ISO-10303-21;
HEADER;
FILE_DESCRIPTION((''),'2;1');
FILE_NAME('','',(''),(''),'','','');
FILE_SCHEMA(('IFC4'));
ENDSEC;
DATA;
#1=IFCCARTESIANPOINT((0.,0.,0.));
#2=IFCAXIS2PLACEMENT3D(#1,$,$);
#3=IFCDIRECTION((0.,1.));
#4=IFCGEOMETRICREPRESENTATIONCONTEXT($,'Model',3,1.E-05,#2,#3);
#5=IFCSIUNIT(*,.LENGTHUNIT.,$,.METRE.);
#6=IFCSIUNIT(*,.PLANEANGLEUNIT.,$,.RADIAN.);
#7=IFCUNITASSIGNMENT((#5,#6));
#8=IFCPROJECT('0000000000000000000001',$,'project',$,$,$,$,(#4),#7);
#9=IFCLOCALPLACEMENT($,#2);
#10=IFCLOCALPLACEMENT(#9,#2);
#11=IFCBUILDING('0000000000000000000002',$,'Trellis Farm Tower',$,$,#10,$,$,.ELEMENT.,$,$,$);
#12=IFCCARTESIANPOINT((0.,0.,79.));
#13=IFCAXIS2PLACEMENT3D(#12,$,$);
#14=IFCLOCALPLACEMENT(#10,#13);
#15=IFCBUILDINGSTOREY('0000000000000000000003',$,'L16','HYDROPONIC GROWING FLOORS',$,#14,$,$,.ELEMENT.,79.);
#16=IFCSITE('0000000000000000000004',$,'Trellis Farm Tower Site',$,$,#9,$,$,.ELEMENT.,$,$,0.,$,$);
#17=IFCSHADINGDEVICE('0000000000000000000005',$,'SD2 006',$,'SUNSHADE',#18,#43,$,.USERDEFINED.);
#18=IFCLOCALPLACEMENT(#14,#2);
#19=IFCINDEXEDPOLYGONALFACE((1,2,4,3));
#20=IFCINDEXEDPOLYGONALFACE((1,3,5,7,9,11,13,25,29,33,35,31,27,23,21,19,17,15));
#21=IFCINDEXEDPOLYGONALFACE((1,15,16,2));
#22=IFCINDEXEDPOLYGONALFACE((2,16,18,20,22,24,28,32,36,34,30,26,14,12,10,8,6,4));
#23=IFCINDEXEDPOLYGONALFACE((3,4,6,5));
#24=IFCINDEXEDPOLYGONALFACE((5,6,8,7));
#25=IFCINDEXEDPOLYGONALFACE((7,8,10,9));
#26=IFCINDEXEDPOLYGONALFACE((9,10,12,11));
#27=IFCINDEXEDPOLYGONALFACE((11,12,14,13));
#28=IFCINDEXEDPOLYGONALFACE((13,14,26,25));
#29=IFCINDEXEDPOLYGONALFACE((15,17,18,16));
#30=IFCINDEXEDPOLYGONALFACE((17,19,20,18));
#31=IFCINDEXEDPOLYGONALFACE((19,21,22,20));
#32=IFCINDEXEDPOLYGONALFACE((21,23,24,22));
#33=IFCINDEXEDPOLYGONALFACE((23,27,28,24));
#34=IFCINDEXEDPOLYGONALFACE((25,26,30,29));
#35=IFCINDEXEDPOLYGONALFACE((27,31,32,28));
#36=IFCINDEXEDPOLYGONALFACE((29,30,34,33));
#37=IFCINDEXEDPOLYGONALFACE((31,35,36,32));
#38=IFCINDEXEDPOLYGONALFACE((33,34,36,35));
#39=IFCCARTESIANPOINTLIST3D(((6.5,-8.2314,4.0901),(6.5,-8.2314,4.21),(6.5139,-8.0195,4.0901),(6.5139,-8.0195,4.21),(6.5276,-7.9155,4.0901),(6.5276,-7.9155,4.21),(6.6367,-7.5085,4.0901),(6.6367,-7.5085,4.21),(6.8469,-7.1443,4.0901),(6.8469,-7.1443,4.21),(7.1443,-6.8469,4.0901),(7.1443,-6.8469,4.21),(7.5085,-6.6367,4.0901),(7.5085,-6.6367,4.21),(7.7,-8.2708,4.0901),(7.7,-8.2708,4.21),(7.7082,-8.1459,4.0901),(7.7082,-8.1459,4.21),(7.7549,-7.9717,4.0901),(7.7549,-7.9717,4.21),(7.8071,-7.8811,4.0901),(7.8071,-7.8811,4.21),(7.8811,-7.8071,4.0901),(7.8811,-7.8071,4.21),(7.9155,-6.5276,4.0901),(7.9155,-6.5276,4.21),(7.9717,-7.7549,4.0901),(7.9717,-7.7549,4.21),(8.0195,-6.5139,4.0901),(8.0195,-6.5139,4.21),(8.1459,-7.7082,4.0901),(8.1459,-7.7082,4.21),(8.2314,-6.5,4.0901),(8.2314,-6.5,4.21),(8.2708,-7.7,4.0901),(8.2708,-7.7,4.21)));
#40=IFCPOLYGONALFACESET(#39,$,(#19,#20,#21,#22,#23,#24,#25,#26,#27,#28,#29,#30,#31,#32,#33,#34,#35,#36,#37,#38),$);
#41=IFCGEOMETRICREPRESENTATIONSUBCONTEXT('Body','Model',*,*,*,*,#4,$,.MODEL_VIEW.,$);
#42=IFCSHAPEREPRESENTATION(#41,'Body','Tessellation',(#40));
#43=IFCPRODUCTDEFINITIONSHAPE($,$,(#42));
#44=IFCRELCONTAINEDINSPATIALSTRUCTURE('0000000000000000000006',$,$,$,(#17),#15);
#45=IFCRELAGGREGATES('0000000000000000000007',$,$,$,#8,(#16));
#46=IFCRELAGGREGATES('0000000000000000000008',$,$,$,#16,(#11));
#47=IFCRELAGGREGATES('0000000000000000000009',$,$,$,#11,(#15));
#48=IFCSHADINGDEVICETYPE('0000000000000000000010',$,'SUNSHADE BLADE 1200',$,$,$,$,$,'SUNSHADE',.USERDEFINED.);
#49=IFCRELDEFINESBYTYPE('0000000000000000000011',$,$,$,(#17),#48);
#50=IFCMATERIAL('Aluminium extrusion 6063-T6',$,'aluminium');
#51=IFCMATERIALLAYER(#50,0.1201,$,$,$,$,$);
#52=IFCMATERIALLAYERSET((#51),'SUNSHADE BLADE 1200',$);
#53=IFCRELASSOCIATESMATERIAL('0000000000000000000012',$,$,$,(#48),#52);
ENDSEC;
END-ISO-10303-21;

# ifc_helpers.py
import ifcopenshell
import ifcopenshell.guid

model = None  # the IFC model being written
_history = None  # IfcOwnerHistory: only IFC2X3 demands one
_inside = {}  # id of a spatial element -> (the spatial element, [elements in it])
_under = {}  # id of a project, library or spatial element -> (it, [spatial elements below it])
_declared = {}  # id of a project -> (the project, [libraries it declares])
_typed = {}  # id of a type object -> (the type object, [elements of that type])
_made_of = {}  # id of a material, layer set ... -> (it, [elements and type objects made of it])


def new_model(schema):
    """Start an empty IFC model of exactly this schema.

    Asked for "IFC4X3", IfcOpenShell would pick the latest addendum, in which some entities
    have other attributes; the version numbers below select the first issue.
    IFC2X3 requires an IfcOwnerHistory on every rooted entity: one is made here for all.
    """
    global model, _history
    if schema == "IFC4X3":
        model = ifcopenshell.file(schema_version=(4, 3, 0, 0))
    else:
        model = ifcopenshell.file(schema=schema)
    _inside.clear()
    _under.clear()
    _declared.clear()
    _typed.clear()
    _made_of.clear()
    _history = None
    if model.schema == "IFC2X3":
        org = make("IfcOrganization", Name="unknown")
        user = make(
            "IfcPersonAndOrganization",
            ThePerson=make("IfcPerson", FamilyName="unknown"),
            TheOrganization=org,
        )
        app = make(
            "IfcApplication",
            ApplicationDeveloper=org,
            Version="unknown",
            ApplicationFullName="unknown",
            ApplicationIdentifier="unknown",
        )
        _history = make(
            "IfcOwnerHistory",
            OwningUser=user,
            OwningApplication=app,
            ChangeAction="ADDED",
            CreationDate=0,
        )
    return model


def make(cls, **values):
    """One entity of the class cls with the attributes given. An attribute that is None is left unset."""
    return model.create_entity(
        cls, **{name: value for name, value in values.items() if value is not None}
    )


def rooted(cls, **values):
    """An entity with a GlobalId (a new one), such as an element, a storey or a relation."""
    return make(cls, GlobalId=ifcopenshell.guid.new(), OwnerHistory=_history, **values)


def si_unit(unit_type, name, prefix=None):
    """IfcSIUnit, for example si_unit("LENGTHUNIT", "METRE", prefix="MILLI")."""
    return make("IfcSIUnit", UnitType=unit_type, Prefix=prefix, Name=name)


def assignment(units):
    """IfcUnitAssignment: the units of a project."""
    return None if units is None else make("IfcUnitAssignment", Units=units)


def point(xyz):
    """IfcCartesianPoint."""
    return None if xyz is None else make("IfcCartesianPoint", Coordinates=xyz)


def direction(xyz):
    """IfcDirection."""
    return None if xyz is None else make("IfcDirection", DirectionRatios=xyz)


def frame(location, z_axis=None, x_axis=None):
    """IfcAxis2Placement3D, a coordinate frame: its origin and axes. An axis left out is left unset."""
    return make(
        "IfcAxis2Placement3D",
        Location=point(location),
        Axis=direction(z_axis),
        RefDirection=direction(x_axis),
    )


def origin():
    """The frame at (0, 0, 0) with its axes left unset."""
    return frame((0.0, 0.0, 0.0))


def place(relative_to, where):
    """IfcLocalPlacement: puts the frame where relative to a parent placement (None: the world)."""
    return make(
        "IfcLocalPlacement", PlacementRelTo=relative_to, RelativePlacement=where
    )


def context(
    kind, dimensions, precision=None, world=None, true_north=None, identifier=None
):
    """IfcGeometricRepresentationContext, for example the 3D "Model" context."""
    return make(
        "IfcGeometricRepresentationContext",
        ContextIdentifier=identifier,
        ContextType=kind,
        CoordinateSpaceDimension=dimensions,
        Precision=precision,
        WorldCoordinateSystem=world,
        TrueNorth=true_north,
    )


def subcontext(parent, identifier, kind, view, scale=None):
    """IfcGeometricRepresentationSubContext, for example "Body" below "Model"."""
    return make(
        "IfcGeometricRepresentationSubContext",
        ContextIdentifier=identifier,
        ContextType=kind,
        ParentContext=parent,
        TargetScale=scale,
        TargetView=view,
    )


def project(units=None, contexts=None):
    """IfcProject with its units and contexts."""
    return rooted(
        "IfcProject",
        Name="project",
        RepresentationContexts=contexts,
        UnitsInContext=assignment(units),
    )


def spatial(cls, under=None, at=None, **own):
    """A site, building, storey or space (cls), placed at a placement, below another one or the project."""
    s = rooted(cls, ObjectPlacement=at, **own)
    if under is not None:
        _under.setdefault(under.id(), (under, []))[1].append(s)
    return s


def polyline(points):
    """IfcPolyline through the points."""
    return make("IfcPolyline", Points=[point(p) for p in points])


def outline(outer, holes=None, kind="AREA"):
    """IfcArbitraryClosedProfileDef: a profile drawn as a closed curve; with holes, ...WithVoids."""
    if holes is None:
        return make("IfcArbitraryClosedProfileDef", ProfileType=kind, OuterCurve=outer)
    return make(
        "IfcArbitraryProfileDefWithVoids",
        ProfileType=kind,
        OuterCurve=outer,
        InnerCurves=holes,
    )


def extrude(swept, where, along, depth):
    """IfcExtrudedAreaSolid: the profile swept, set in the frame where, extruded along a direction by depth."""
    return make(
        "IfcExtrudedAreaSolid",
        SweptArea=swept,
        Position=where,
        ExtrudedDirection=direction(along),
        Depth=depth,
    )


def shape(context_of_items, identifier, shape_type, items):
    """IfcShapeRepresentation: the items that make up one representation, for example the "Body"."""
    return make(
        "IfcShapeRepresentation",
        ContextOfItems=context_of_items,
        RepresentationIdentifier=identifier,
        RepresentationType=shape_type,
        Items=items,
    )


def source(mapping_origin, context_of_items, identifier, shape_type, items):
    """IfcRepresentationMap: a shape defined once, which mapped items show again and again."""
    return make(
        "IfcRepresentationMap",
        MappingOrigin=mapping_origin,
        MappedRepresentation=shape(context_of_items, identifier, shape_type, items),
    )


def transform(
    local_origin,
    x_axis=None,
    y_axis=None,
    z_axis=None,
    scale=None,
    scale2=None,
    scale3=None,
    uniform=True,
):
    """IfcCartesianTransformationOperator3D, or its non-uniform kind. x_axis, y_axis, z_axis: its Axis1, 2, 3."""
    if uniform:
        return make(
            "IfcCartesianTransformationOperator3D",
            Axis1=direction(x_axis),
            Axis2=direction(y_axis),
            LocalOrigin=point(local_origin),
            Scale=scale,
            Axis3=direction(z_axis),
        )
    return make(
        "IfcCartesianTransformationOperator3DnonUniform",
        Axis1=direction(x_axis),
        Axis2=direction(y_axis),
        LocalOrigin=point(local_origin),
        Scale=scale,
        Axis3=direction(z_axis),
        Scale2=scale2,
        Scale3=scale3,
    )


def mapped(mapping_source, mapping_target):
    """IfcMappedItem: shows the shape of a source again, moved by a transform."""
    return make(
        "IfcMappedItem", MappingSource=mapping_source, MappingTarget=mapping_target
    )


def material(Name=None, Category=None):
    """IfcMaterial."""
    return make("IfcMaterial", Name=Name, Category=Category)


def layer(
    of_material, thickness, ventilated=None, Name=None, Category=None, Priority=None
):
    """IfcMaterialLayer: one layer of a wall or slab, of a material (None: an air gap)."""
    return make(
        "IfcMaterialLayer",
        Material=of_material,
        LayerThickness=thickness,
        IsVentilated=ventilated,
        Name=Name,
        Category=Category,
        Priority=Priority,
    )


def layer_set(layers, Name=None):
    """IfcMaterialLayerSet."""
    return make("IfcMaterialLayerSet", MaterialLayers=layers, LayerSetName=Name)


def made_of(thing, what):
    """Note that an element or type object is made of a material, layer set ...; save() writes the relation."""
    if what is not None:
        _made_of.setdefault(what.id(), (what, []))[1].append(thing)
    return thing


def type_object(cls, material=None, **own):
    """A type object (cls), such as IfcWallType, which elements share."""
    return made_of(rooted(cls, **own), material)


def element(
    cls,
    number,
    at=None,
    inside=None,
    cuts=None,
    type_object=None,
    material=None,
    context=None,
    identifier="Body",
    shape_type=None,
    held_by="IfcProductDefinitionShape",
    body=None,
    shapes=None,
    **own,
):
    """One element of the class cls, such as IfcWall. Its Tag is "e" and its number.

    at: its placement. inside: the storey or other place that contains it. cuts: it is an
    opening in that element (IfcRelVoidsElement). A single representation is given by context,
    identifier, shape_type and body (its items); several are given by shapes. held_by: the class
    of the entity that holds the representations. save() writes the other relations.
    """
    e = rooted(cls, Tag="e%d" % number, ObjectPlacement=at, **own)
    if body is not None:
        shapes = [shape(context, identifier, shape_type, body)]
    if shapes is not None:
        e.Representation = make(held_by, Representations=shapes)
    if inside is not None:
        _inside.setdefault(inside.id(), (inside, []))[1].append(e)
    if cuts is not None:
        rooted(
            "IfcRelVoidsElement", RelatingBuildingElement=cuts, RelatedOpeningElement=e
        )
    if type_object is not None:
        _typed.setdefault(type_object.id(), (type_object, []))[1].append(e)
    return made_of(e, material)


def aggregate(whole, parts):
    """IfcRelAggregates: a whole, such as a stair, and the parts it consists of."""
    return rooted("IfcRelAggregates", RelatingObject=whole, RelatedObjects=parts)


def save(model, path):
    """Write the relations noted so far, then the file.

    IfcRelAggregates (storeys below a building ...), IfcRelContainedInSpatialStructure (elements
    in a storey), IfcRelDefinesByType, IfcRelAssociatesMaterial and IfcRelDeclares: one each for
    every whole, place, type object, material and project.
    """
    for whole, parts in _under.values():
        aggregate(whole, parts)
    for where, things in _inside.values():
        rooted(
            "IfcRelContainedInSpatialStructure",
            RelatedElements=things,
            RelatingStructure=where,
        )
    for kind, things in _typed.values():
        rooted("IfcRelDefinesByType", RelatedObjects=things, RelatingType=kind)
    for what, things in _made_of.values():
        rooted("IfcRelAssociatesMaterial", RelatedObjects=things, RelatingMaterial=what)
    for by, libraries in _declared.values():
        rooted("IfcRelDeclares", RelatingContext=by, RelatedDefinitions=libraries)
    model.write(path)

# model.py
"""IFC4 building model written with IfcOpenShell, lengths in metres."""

from ifc_helpers import new_model, si_unit, direction, frame, origin, place, context, subcontext, project, spatial, polyline, outline, extrude, source, transform, mapped, material, layer, layer_set, type_object, element, save


model = new_model("IFC4")

# Units and contexts
model_context = context("Model", 3, precision=1e-05, world=origin(), true_north=direction((0.0, 1.0)))
body_context = subcontext(model_context, "Body", "Model", "MODEL_VIEW")
ifc_project = project(units=[si_unit("LENGTHUNIT", "METRE"), si_unit("PLANEANGLEUNIT", "RADIAN")], contexts=[model_context])

# Site, building, storey
site_placement = place(None, origin())
site = spatial("IfcSite", under=ifc_project, at=site_placement, Name="Trellis Farm Tower Site", CompositionType="ELEMENT", RefElevation=0.0)
building_placement = place(site_placement, origin())
building = spatial("IfcBuilding", under=site, at=building_placement, Name="Trellis Farm Tower", CompositionType="ELEMENT")
storey_placement = place(building_placement, frame((0.0, 0.0, 79.0)))
storey = spatial("IfcBuildingStorey", under=building, at=storey_placement, Name="L16", Description="HYDROPONIC GROWING FLOORS", CompositionType="ELEMENT", Elevation=79.0)

# Shading device
ifc_material_1 = material(Name="Aluminium extrusion 6063-T6", Category="aluminium")
ifc_layer_1 = layer(ifc_material_1, 0.1201)
ifc_layer_set_1 = layer_set([ifc_layer_1], Name="SUNSHADE BLADE 1200")
shading_device_type = type_object("IfcShadingDeviceType", Name="SUNSHADE BLADE 1200", ElementType="SUNSHADE", PredefinedType="USERDEFINED", material=ifc_layer_set_1)
shared_shape_1 = source(origin(), body_context, "Body", "SweptSolid", [
    extrude(outline(polyline([(7.7, -8.2708), (7.7087, -8.1372), (7.707, -8.1501), (7.7549, -7.9717), (7.8071, -7.8811), (7.8811, -7.8071), (7.9717, -7.7549), (8.1501, -7.707), (8.1372, -7.7087), (8.2708, -7.7), (8.2314, -6.5), (8.0195, -6.5139), (7.9155, -6.5276), (7.5085, -6.6367), (7.1443, -6.8469), (6.8469, -7.1443), (6.6367, -7.5085), (6.5276, -7.9155), (6.5139, -8.0195), (6.5, -8.2314), (7.7, -8.2708)])), origin(), (0.0, 0.0, 1.0), 0.1199),
])
shading_device_placement = place(storey_placement, frame((0.0, 0.0, 4.0901)))
element("IfcShadingDevice", 1, at=shading_device_placement, inside=storey, type_object=shading_device_type, Name="SD2 006", ObjectType="SUNSHADE", PredefinedType="USERDEFINED", context=body_context, shape_type="MappedRepresentation", body=[
    mapped(shared_shape_1, transform((0.0, 0.0, 0.0))),
])

save(model, "model.ifc")
